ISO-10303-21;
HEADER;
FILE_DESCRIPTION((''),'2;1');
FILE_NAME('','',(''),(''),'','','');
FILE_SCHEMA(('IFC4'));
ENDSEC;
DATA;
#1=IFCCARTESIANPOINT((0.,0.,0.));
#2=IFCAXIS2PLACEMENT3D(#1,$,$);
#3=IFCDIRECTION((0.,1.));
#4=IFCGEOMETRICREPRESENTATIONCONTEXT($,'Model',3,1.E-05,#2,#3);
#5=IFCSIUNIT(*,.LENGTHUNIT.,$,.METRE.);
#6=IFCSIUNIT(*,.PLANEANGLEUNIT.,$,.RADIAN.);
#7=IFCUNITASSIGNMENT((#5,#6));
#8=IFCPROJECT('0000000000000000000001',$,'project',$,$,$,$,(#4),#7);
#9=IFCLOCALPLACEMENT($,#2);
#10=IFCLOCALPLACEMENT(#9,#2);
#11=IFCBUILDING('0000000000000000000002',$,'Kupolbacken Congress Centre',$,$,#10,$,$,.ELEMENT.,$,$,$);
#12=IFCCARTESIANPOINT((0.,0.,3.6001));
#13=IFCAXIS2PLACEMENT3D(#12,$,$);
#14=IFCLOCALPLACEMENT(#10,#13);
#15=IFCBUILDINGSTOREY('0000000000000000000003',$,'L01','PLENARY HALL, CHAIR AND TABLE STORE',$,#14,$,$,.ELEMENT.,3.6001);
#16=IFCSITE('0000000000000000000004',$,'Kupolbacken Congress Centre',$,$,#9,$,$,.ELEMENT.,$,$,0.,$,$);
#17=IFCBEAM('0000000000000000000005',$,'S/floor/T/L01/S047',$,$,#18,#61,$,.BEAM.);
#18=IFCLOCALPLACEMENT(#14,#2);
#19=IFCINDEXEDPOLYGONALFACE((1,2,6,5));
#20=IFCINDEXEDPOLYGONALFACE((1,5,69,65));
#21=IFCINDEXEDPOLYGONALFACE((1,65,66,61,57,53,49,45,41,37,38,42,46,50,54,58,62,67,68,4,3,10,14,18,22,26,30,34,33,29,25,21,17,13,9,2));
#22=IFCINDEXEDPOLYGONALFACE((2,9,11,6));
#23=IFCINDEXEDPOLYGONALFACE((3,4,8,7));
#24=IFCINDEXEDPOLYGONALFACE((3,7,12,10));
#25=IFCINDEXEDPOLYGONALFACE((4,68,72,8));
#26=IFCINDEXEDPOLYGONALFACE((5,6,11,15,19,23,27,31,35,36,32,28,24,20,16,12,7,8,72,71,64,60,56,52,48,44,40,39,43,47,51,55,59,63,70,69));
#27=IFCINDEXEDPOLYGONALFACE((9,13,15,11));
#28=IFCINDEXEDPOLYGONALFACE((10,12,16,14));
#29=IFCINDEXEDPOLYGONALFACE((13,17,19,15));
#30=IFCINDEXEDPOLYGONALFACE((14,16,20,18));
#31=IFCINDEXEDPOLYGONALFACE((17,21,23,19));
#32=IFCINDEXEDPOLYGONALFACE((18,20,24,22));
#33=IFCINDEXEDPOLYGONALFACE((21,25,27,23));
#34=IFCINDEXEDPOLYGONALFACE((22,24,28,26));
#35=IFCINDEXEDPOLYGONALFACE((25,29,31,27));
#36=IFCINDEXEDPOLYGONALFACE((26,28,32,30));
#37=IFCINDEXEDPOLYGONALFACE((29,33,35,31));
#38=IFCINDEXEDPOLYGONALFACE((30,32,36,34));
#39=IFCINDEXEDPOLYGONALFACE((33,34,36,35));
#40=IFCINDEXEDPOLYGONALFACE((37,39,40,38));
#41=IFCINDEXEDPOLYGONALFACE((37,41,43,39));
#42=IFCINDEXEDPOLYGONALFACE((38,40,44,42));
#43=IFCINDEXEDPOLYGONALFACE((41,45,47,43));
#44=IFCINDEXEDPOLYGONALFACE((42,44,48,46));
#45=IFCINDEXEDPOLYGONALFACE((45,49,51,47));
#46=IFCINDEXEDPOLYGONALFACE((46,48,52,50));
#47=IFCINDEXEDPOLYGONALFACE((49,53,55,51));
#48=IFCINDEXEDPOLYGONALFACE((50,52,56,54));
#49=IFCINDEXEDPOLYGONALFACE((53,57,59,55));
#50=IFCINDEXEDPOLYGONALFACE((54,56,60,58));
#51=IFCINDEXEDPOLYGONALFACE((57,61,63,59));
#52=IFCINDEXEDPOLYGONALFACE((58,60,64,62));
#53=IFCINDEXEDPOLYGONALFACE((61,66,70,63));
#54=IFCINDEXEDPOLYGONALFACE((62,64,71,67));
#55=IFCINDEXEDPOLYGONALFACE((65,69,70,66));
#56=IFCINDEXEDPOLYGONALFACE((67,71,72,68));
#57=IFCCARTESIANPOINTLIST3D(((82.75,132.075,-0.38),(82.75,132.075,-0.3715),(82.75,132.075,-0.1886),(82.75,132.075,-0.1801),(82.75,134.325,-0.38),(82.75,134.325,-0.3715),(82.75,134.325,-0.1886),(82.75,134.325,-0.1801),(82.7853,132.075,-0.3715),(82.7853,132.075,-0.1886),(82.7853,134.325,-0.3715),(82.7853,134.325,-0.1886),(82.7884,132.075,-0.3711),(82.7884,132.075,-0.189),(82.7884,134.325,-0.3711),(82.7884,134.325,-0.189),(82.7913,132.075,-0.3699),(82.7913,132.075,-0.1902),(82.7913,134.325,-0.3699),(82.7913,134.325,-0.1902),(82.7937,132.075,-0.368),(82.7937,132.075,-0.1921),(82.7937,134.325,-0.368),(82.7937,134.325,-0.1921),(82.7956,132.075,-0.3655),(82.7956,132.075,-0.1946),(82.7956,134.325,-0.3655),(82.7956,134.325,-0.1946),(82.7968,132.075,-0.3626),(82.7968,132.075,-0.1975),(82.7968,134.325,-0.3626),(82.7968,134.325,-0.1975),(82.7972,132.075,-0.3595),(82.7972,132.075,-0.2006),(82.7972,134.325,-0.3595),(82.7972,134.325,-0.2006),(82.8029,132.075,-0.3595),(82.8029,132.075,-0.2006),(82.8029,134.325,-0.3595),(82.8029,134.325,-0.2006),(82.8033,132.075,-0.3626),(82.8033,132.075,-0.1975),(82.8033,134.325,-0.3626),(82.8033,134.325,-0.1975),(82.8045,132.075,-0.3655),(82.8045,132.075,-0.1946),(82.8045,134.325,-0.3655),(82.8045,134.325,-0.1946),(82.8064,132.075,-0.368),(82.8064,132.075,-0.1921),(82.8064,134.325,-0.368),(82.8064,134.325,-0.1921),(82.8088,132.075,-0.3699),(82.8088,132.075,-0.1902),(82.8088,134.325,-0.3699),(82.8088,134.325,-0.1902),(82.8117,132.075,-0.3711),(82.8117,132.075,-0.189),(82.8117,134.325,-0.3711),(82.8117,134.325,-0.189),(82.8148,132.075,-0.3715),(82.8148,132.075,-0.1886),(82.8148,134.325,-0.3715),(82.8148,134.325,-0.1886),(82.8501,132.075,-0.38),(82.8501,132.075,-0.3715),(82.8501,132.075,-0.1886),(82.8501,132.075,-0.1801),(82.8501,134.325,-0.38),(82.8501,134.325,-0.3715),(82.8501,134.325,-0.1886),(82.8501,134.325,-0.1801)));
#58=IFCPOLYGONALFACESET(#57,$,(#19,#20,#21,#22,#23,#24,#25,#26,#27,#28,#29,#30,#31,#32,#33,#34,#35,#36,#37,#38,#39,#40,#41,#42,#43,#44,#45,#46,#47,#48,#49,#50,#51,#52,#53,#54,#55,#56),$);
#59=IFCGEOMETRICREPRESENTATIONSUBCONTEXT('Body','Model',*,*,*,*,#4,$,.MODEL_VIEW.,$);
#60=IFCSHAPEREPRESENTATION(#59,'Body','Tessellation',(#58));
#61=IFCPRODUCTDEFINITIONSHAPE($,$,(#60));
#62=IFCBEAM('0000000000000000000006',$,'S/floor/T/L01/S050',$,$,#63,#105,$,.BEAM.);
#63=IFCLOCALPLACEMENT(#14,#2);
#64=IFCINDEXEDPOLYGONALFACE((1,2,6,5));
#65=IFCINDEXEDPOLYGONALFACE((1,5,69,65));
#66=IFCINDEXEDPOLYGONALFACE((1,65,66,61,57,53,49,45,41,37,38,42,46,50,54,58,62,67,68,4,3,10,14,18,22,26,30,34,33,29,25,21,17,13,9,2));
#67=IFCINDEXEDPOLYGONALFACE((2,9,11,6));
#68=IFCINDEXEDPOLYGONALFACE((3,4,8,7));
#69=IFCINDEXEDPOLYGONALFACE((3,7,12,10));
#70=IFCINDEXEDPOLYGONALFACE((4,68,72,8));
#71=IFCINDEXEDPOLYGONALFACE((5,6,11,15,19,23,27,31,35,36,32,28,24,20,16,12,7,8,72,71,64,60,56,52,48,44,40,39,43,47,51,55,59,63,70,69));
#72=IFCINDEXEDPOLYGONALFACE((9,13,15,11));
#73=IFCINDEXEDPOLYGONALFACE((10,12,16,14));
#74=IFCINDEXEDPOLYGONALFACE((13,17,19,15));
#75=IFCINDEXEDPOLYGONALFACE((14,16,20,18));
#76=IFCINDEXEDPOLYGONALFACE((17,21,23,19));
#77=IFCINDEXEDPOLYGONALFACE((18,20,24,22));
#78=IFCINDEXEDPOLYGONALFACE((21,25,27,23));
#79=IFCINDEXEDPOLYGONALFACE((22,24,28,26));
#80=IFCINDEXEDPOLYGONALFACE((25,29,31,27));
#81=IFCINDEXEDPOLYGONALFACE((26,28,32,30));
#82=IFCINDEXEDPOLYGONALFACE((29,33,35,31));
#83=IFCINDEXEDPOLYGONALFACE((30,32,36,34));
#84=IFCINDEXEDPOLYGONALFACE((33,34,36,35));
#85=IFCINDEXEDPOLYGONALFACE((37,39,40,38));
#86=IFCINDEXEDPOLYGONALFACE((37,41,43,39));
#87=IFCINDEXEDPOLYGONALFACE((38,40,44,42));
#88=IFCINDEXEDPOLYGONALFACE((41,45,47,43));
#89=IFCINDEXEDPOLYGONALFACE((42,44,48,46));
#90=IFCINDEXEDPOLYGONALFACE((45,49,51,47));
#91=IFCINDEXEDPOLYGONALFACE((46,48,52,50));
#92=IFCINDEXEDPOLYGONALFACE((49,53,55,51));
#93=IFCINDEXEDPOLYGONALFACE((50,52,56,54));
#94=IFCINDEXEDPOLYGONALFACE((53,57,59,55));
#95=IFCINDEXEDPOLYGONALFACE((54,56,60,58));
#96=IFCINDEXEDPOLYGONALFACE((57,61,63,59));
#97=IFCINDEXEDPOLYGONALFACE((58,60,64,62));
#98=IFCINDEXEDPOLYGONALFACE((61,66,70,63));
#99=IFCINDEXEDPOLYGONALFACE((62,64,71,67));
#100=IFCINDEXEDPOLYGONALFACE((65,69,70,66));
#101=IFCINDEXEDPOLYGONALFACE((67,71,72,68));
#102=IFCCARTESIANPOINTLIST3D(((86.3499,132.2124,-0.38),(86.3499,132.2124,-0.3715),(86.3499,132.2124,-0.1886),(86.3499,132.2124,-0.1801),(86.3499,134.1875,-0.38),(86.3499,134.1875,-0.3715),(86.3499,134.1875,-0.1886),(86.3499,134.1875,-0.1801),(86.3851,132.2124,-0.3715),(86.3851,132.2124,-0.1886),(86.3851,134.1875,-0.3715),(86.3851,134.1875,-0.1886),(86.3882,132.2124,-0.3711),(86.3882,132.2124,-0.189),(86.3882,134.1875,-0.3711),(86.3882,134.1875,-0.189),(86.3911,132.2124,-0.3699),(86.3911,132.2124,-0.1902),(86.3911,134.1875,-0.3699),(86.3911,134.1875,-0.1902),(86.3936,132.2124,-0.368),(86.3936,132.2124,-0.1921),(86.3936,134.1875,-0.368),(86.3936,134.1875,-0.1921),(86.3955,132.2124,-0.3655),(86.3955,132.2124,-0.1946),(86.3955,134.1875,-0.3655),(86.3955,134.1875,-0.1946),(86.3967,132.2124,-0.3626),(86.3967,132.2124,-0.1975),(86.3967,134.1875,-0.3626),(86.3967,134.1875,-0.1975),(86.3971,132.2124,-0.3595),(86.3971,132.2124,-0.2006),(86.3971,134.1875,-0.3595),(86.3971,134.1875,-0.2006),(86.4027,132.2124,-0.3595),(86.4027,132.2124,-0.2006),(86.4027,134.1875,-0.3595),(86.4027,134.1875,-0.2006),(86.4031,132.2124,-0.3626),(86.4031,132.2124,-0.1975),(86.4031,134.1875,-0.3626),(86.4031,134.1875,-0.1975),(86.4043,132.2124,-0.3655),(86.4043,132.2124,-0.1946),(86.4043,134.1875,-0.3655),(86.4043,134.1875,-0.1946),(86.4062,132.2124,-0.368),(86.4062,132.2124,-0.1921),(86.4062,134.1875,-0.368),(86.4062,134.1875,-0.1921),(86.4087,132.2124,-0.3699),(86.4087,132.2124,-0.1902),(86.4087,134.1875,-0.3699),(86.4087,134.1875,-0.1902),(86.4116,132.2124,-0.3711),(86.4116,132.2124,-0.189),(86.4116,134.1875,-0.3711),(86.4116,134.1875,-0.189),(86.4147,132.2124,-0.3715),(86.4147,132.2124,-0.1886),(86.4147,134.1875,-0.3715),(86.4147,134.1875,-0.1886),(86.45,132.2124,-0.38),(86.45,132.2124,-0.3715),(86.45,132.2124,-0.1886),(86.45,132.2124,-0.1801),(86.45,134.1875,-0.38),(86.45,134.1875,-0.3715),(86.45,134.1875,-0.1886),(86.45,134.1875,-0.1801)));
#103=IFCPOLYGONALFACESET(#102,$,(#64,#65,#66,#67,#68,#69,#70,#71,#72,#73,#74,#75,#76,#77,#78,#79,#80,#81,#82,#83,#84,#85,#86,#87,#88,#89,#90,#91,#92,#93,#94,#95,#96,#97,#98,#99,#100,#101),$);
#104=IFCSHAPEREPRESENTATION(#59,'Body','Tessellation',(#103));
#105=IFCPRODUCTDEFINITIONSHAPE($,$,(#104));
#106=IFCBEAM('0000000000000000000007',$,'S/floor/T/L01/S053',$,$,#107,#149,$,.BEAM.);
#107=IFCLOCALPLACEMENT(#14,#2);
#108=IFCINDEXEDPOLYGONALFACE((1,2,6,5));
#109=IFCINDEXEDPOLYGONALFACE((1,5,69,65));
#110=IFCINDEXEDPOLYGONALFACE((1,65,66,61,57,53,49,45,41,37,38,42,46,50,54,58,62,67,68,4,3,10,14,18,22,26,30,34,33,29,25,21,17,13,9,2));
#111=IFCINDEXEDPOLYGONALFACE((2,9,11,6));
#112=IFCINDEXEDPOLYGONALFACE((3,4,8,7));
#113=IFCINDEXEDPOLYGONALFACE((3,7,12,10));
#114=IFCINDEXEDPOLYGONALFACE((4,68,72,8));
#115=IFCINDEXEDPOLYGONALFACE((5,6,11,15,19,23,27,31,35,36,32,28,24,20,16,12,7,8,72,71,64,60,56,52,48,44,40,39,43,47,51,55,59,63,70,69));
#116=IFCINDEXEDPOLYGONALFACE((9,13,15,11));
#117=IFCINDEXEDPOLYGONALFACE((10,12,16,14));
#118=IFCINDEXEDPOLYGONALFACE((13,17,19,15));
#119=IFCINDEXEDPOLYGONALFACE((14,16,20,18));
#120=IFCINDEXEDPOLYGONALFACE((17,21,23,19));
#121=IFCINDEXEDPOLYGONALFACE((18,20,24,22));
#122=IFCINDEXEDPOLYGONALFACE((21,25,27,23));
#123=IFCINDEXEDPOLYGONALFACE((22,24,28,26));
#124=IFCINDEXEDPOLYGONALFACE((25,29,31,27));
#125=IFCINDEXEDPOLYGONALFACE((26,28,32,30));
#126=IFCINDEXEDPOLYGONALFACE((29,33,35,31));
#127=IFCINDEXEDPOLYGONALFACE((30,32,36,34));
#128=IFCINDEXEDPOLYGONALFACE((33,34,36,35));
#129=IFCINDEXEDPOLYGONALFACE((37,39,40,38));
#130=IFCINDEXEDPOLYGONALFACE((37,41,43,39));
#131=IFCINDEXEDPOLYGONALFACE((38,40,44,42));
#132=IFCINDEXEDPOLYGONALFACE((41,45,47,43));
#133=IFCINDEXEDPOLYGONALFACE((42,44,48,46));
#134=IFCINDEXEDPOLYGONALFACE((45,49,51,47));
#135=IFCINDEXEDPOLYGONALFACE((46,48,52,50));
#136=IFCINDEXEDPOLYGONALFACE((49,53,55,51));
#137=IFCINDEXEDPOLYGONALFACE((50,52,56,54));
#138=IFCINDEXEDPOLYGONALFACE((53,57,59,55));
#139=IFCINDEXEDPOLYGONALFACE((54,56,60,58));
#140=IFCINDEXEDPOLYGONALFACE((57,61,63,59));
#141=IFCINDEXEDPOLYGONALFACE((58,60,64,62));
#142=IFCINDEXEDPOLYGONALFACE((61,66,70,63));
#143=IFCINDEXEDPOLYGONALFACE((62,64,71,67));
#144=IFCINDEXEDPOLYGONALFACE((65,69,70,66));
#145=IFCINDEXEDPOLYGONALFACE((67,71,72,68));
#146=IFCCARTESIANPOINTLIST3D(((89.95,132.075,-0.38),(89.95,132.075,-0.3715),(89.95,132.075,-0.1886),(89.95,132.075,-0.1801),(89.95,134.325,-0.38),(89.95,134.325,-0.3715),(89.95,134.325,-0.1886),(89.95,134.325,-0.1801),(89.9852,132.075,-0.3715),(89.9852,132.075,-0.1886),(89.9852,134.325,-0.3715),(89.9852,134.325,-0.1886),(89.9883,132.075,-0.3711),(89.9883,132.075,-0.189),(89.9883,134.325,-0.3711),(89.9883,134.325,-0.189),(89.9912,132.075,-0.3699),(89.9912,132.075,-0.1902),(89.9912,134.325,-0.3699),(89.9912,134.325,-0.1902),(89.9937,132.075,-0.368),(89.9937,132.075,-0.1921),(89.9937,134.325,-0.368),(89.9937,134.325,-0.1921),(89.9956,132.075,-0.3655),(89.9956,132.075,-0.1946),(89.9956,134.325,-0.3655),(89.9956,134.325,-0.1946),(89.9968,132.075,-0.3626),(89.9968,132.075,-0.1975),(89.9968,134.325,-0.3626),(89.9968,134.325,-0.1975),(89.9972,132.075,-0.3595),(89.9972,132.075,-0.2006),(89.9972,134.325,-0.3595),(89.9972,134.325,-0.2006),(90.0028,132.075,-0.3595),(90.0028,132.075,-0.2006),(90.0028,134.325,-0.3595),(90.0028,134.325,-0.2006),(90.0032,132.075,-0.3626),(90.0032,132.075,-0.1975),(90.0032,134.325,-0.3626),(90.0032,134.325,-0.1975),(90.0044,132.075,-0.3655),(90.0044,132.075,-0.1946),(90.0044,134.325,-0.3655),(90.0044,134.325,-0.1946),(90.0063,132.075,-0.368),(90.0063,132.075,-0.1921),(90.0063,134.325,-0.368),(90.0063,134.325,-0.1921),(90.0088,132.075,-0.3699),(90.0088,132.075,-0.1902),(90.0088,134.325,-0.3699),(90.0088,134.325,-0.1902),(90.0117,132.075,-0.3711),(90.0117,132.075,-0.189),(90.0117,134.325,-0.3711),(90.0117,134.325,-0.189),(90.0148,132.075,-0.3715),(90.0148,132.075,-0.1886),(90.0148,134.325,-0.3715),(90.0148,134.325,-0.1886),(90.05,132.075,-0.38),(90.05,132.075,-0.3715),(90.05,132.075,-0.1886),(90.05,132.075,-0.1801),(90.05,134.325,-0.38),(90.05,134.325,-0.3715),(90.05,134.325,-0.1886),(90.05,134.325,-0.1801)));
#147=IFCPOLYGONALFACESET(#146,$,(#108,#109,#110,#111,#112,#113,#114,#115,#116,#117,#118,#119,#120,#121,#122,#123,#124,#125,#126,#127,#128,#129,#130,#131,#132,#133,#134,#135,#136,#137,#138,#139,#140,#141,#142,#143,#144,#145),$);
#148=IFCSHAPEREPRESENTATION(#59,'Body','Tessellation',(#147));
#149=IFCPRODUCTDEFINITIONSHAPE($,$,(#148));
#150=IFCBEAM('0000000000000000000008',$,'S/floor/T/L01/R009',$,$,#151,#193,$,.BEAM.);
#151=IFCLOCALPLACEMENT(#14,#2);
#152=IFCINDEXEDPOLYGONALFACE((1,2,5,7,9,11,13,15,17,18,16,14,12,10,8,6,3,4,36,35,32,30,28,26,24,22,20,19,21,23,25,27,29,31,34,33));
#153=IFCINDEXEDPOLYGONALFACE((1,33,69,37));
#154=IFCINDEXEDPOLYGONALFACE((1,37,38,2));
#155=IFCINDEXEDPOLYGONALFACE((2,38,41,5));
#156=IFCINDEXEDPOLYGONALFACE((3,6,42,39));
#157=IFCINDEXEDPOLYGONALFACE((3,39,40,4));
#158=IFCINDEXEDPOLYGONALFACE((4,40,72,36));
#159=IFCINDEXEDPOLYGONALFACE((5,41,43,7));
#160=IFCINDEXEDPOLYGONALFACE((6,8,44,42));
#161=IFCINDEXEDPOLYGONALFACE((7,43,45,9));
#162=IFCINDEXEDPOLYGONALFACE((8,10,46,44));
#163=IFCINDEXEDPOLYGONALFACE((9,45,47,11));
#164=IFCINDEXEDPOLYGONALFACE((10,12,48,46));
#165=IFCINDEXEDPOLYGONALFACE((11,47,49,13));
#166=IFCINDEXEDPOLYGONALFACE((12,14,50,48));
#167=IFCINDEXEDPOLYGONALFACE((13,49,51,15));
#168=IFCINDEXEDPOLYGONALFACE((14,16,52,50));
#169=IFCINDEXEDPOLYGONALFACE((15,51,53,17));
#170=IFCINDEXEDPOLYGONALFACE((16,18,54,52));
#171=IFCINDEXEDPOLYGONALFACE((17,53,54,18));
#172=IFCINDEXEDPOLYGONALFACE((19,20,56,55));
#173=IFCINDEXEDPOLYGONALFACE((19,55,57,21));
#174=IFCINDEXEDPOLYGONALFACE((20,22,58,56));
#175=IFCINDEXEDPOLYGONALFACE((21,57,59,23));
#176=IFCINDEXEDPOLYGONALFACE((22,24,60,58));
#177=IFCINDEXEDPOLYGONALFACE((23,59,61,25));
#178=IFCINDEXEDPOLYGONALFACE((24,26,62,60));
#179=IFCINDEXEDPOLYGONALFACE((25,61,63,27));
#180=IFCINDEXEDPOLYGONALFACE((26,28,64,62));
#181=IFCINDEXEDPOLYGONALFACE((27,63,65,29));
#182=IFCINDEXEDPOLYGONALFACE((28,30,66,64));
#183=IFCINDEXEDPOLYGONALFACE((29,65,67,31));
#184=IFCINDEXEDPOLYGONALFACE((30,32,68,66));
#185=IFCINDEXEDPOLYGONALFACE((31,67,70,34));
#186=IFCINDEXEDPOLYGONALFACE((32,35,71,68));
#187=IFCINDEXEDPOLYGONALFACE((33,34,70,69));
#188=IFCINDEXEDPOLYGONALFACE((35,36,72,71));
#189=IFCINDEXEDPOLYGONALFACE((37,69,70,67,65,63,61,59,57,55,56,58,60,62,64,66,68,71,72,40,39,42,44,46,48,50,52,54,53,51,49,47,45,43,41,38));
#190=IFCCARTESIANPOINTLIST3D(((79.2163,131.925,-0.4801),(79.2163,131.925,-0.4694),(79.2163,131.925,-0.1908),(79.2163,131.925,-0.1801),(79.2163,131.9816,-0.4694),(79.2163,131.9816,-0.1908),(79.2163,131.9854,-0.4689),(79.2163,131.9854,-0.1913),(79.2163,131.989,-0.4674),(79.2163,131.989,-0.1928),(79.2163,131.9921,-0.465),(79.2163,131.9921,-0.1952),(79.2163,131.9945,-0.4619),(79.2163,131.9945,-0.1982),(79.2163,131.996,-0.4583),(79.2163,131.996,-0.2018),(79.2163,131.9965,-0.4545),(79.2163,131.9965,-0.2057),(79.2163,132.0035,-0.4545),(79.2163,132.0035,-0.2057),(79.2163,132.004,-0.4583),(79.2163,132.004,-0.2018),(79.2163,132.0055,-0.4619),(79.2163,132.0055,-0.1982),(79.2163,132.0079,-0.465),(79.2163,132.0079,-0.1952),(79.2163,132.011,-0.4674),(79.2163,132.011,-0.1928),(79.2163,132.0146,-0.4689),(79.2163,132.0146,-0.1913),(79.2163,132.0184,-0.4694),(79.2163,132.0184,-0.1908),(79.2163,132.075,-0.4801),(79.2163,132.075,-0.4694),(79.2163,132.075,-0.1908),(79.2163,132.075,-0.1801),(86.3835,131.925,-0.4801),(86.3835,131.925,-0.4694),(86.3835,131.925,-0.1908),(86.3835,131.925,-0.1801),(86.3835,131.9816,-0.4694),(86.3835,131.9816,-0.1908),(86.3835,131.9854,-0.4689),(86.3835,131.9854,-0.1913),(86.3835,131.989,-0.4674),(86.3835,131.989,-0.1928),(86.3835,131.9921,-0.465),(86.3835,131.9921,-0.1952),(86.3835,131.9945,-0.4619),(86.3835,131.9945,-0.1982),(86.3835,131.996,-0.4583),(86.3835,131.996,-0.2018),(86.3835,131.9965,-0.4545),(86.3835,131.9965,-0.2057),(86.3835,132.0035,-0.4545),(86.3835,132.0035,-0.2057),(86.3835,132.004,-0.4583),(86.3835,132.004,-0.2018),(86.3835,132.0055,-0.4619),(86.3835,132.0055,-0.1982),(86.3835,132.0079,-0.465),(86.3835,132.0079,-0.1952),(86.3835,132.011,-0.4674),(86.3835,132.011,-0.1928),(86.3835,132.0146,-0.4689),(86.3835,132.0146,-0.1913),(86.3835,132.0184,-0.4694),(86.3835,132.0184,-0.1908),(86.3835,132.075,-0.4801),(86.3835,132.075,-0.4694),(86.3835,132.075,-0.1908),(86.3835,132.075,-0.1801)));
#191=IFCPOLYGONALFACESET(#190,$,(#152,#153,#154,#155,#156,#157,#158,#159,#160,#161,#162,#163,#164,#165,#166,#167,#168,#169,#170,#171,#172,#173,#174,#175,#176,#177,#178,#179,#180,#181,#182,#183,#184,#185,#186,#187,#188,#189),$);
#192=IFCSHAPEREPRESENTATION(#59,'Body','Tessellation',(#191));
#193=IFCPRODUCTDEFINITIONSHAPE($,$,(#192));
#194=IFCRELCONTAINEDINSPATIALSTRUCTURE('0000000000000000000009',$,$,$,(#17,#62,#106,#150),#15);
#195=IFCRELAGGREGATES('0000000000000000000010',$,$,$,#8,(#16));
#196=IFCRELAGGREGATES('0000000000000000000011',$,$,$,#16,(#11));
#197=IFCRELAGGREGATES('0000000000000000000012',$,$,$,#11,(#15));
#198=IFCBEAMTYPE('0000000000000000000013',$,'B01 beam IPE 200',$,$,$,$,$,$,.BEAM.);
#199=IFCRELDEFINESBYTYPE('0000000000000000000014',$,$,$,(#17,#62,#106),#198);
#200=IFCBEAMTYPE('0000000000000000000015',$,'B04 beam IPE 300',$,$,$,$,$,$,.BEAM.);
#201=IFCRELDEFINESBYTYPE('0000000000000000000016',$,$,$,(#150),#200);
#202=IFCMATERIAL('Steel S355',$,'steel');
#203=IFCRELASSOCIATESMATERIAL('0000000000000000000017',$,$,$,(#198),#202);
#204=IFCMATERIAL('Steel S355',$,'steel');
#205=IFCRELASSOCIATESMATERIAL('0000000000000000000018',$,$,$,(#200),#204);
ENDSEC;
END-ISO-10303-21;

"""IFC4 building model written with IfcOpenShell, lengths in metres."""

from ifc_helpers import new_model, si_unit, direction, frame, origin, origin_2d, place, context, subcontext, project, spatial, i_section, extrude, material, material_profile, profile_set, type_object, element, save


model = new_model("IFC4")

# Units and contexts
model_context = context("Model", 3, precision=1e-05, world=origin(), true_north=direction((0.0, 1.0)))
body_context = subcontext(model_context, "Body", "Model", "MODEL_VIEW")
ifc_project = project(units=[si_unit("LENGTHUNIT", "METRE"), si_unit("PLANEANGLEUNIT", "RADIAN")], contexts=[model_context])

# Site, building, storey
site_placement = place(None, origin())
site = spatial("IfcSite", under=ifc_project, at=site_placement, Name="Kupolbacken Congress Centre", CompositionType="ELEMENT", RefElevation=0.0)
building_placement = place(site_placement, origin())
building = spatial("IfcBuilding", under=site, at=building_placement, Name="Kupolbacken Congress Centre", CompositionType="ELEMENT")
storey_placement = place(building_placement, frame((0.0, 0.0, 3.6001)))
storey = spatial("IfcBuildingStorey", under=building, at=storey_placement, Name="L01", Description="PLENARY HALL, CHAIR AND TABLE STORE", CompositionType="ELEMENT", Elevation=3.6001)

# Beams
ifc_material_1 = material(Name="Steel S355", Category="steel")
ifc_material_profile_1 = material_profile(ifc_material_1, i_section(OverallWidth=0.1001, OverallDepth=0.2, WebThickness=0.0056, FlangeThickness=0.0085, FilletRadius=0.012, at=origin_2d()), Name="IPE 200")
ifc_profile_set_1 = profile_set([ifc_material_profile_1], Name="Steel S355")
beam_type_1 = type_object("IfcBeamType", Name="B01 beam IPE 200", PredefinedType="BEAM", material=ifc_profile_set_1)
beam_1_placement = place(storey_placement, frame((82.8, 132.075, -0.28), z_axis=(0.0, 1.0, 0.0), x_axis=(-1.0, 0.0, 0.0)))
element("IfcBeam", 1, at=beam_1_placement, inside=storey, type_object=beam_type_1, Name="S/floor/T/L01/S047", PredefinedType="BEAM", context=body_context, shape_type="SweptSolid", body=[
    extrude(i_section(OverallWidth=0.1001, OverallDepth=0.2, WebThickness=0.0056, FlangeThickness=0.0085, FilletRadius=0.012, at=origin_2d()), origin(), (0.0, 0.0, 1.0), 2.25),
])
beam_2_placement = place(storey_placement, frame((86.3999, 132.2124, -0.28), z_axis=(0.0, 1.0, 0.0), x_axis=(-1.0, 0.0, 0.0)))
element("IfcBeam", 2, at=beam_2_placement, inside=storey, type_object=beam_type_1, Name="S/floor/T/L01/S050", PredefinedType="BEAM", context=body_context, shape_type="SweptSolid", body=[
    extrude(i_section(OverallWidth=0.1001, OverallDepth=0.2, WebThickness=0.0056, FlangeThickness=0.0085, FilletRadius=0.012, at=origin_2d()), origin(), (0.0, 0.0, 1.0), 1.9751),
])
beam_3_placement = place(storey_placement, frame((90.0, 132.075, -0.28), z_axis=(0.0, 1.0, 0.0), x_axis=(-1.0, 0.0, 0.0)))
element("IfcBeam", 3, at=beam_3_placement, inside=storey, type_object=beam_type_1, Name="S/floor/T/L01/S053", PredefinedType="BEAM", context=body_context, shape_type="SweptSolid", body=[
    extrude(i_section(OverallWidth=0.1001, OverallDepth=0.2, WebThickness=0.0056, FlangeThickness=0.0085, FilletRadius=0.012, at=origin_2d()), origin(), (0.0, 0.0, 1.0), 2.25),
])
ifc_material_2 = material(Name="Steel S355", Category="steel")
ifc_material_profile_2 = material_profile(ifc_material_2, i_section(OverallWidth=0.1499, OverallDepth=0.3, WebThickness=0.0071, FlangeThickness=0.0107, FilletRadius=0.0149, at=origin_2d()), Name="IPE 300")
ifc_profile_set_2 = profile_set([ifc_material_profile_2], Name="Steel S355")
beam_type_2 = type_object("IfcBeamType", Name="B04 beam IPE 300", PredefinedType="BEAM", material=ifc_profile_set_2)
beam_4_placement = place(storey_placement, frame((79.2163, 132.0, -0.3301), z_axis=(1.0, 0.0, 0.0), x_axis=(0.0, 1.0, 0.0)))
element("IfcBeam", 4, at=beam_4_placement, inside=storey, type_object=beam_type_2, Name="S/floor/T/L01/R009", PredefinedType="BEAM", context=body_context, shape_type="SweptSolid", body=[
    extrude(i_section(OverallWidth=0.1499, OverallDepth=0.3, WebThickness=0.0071, FlangeThickness=0.0107, FilletRadius=0.0149, at=origin_2d()), origin(), (0.0, 0.0, 1.0), 7.1672),
])

save(model, "model.ifc")
